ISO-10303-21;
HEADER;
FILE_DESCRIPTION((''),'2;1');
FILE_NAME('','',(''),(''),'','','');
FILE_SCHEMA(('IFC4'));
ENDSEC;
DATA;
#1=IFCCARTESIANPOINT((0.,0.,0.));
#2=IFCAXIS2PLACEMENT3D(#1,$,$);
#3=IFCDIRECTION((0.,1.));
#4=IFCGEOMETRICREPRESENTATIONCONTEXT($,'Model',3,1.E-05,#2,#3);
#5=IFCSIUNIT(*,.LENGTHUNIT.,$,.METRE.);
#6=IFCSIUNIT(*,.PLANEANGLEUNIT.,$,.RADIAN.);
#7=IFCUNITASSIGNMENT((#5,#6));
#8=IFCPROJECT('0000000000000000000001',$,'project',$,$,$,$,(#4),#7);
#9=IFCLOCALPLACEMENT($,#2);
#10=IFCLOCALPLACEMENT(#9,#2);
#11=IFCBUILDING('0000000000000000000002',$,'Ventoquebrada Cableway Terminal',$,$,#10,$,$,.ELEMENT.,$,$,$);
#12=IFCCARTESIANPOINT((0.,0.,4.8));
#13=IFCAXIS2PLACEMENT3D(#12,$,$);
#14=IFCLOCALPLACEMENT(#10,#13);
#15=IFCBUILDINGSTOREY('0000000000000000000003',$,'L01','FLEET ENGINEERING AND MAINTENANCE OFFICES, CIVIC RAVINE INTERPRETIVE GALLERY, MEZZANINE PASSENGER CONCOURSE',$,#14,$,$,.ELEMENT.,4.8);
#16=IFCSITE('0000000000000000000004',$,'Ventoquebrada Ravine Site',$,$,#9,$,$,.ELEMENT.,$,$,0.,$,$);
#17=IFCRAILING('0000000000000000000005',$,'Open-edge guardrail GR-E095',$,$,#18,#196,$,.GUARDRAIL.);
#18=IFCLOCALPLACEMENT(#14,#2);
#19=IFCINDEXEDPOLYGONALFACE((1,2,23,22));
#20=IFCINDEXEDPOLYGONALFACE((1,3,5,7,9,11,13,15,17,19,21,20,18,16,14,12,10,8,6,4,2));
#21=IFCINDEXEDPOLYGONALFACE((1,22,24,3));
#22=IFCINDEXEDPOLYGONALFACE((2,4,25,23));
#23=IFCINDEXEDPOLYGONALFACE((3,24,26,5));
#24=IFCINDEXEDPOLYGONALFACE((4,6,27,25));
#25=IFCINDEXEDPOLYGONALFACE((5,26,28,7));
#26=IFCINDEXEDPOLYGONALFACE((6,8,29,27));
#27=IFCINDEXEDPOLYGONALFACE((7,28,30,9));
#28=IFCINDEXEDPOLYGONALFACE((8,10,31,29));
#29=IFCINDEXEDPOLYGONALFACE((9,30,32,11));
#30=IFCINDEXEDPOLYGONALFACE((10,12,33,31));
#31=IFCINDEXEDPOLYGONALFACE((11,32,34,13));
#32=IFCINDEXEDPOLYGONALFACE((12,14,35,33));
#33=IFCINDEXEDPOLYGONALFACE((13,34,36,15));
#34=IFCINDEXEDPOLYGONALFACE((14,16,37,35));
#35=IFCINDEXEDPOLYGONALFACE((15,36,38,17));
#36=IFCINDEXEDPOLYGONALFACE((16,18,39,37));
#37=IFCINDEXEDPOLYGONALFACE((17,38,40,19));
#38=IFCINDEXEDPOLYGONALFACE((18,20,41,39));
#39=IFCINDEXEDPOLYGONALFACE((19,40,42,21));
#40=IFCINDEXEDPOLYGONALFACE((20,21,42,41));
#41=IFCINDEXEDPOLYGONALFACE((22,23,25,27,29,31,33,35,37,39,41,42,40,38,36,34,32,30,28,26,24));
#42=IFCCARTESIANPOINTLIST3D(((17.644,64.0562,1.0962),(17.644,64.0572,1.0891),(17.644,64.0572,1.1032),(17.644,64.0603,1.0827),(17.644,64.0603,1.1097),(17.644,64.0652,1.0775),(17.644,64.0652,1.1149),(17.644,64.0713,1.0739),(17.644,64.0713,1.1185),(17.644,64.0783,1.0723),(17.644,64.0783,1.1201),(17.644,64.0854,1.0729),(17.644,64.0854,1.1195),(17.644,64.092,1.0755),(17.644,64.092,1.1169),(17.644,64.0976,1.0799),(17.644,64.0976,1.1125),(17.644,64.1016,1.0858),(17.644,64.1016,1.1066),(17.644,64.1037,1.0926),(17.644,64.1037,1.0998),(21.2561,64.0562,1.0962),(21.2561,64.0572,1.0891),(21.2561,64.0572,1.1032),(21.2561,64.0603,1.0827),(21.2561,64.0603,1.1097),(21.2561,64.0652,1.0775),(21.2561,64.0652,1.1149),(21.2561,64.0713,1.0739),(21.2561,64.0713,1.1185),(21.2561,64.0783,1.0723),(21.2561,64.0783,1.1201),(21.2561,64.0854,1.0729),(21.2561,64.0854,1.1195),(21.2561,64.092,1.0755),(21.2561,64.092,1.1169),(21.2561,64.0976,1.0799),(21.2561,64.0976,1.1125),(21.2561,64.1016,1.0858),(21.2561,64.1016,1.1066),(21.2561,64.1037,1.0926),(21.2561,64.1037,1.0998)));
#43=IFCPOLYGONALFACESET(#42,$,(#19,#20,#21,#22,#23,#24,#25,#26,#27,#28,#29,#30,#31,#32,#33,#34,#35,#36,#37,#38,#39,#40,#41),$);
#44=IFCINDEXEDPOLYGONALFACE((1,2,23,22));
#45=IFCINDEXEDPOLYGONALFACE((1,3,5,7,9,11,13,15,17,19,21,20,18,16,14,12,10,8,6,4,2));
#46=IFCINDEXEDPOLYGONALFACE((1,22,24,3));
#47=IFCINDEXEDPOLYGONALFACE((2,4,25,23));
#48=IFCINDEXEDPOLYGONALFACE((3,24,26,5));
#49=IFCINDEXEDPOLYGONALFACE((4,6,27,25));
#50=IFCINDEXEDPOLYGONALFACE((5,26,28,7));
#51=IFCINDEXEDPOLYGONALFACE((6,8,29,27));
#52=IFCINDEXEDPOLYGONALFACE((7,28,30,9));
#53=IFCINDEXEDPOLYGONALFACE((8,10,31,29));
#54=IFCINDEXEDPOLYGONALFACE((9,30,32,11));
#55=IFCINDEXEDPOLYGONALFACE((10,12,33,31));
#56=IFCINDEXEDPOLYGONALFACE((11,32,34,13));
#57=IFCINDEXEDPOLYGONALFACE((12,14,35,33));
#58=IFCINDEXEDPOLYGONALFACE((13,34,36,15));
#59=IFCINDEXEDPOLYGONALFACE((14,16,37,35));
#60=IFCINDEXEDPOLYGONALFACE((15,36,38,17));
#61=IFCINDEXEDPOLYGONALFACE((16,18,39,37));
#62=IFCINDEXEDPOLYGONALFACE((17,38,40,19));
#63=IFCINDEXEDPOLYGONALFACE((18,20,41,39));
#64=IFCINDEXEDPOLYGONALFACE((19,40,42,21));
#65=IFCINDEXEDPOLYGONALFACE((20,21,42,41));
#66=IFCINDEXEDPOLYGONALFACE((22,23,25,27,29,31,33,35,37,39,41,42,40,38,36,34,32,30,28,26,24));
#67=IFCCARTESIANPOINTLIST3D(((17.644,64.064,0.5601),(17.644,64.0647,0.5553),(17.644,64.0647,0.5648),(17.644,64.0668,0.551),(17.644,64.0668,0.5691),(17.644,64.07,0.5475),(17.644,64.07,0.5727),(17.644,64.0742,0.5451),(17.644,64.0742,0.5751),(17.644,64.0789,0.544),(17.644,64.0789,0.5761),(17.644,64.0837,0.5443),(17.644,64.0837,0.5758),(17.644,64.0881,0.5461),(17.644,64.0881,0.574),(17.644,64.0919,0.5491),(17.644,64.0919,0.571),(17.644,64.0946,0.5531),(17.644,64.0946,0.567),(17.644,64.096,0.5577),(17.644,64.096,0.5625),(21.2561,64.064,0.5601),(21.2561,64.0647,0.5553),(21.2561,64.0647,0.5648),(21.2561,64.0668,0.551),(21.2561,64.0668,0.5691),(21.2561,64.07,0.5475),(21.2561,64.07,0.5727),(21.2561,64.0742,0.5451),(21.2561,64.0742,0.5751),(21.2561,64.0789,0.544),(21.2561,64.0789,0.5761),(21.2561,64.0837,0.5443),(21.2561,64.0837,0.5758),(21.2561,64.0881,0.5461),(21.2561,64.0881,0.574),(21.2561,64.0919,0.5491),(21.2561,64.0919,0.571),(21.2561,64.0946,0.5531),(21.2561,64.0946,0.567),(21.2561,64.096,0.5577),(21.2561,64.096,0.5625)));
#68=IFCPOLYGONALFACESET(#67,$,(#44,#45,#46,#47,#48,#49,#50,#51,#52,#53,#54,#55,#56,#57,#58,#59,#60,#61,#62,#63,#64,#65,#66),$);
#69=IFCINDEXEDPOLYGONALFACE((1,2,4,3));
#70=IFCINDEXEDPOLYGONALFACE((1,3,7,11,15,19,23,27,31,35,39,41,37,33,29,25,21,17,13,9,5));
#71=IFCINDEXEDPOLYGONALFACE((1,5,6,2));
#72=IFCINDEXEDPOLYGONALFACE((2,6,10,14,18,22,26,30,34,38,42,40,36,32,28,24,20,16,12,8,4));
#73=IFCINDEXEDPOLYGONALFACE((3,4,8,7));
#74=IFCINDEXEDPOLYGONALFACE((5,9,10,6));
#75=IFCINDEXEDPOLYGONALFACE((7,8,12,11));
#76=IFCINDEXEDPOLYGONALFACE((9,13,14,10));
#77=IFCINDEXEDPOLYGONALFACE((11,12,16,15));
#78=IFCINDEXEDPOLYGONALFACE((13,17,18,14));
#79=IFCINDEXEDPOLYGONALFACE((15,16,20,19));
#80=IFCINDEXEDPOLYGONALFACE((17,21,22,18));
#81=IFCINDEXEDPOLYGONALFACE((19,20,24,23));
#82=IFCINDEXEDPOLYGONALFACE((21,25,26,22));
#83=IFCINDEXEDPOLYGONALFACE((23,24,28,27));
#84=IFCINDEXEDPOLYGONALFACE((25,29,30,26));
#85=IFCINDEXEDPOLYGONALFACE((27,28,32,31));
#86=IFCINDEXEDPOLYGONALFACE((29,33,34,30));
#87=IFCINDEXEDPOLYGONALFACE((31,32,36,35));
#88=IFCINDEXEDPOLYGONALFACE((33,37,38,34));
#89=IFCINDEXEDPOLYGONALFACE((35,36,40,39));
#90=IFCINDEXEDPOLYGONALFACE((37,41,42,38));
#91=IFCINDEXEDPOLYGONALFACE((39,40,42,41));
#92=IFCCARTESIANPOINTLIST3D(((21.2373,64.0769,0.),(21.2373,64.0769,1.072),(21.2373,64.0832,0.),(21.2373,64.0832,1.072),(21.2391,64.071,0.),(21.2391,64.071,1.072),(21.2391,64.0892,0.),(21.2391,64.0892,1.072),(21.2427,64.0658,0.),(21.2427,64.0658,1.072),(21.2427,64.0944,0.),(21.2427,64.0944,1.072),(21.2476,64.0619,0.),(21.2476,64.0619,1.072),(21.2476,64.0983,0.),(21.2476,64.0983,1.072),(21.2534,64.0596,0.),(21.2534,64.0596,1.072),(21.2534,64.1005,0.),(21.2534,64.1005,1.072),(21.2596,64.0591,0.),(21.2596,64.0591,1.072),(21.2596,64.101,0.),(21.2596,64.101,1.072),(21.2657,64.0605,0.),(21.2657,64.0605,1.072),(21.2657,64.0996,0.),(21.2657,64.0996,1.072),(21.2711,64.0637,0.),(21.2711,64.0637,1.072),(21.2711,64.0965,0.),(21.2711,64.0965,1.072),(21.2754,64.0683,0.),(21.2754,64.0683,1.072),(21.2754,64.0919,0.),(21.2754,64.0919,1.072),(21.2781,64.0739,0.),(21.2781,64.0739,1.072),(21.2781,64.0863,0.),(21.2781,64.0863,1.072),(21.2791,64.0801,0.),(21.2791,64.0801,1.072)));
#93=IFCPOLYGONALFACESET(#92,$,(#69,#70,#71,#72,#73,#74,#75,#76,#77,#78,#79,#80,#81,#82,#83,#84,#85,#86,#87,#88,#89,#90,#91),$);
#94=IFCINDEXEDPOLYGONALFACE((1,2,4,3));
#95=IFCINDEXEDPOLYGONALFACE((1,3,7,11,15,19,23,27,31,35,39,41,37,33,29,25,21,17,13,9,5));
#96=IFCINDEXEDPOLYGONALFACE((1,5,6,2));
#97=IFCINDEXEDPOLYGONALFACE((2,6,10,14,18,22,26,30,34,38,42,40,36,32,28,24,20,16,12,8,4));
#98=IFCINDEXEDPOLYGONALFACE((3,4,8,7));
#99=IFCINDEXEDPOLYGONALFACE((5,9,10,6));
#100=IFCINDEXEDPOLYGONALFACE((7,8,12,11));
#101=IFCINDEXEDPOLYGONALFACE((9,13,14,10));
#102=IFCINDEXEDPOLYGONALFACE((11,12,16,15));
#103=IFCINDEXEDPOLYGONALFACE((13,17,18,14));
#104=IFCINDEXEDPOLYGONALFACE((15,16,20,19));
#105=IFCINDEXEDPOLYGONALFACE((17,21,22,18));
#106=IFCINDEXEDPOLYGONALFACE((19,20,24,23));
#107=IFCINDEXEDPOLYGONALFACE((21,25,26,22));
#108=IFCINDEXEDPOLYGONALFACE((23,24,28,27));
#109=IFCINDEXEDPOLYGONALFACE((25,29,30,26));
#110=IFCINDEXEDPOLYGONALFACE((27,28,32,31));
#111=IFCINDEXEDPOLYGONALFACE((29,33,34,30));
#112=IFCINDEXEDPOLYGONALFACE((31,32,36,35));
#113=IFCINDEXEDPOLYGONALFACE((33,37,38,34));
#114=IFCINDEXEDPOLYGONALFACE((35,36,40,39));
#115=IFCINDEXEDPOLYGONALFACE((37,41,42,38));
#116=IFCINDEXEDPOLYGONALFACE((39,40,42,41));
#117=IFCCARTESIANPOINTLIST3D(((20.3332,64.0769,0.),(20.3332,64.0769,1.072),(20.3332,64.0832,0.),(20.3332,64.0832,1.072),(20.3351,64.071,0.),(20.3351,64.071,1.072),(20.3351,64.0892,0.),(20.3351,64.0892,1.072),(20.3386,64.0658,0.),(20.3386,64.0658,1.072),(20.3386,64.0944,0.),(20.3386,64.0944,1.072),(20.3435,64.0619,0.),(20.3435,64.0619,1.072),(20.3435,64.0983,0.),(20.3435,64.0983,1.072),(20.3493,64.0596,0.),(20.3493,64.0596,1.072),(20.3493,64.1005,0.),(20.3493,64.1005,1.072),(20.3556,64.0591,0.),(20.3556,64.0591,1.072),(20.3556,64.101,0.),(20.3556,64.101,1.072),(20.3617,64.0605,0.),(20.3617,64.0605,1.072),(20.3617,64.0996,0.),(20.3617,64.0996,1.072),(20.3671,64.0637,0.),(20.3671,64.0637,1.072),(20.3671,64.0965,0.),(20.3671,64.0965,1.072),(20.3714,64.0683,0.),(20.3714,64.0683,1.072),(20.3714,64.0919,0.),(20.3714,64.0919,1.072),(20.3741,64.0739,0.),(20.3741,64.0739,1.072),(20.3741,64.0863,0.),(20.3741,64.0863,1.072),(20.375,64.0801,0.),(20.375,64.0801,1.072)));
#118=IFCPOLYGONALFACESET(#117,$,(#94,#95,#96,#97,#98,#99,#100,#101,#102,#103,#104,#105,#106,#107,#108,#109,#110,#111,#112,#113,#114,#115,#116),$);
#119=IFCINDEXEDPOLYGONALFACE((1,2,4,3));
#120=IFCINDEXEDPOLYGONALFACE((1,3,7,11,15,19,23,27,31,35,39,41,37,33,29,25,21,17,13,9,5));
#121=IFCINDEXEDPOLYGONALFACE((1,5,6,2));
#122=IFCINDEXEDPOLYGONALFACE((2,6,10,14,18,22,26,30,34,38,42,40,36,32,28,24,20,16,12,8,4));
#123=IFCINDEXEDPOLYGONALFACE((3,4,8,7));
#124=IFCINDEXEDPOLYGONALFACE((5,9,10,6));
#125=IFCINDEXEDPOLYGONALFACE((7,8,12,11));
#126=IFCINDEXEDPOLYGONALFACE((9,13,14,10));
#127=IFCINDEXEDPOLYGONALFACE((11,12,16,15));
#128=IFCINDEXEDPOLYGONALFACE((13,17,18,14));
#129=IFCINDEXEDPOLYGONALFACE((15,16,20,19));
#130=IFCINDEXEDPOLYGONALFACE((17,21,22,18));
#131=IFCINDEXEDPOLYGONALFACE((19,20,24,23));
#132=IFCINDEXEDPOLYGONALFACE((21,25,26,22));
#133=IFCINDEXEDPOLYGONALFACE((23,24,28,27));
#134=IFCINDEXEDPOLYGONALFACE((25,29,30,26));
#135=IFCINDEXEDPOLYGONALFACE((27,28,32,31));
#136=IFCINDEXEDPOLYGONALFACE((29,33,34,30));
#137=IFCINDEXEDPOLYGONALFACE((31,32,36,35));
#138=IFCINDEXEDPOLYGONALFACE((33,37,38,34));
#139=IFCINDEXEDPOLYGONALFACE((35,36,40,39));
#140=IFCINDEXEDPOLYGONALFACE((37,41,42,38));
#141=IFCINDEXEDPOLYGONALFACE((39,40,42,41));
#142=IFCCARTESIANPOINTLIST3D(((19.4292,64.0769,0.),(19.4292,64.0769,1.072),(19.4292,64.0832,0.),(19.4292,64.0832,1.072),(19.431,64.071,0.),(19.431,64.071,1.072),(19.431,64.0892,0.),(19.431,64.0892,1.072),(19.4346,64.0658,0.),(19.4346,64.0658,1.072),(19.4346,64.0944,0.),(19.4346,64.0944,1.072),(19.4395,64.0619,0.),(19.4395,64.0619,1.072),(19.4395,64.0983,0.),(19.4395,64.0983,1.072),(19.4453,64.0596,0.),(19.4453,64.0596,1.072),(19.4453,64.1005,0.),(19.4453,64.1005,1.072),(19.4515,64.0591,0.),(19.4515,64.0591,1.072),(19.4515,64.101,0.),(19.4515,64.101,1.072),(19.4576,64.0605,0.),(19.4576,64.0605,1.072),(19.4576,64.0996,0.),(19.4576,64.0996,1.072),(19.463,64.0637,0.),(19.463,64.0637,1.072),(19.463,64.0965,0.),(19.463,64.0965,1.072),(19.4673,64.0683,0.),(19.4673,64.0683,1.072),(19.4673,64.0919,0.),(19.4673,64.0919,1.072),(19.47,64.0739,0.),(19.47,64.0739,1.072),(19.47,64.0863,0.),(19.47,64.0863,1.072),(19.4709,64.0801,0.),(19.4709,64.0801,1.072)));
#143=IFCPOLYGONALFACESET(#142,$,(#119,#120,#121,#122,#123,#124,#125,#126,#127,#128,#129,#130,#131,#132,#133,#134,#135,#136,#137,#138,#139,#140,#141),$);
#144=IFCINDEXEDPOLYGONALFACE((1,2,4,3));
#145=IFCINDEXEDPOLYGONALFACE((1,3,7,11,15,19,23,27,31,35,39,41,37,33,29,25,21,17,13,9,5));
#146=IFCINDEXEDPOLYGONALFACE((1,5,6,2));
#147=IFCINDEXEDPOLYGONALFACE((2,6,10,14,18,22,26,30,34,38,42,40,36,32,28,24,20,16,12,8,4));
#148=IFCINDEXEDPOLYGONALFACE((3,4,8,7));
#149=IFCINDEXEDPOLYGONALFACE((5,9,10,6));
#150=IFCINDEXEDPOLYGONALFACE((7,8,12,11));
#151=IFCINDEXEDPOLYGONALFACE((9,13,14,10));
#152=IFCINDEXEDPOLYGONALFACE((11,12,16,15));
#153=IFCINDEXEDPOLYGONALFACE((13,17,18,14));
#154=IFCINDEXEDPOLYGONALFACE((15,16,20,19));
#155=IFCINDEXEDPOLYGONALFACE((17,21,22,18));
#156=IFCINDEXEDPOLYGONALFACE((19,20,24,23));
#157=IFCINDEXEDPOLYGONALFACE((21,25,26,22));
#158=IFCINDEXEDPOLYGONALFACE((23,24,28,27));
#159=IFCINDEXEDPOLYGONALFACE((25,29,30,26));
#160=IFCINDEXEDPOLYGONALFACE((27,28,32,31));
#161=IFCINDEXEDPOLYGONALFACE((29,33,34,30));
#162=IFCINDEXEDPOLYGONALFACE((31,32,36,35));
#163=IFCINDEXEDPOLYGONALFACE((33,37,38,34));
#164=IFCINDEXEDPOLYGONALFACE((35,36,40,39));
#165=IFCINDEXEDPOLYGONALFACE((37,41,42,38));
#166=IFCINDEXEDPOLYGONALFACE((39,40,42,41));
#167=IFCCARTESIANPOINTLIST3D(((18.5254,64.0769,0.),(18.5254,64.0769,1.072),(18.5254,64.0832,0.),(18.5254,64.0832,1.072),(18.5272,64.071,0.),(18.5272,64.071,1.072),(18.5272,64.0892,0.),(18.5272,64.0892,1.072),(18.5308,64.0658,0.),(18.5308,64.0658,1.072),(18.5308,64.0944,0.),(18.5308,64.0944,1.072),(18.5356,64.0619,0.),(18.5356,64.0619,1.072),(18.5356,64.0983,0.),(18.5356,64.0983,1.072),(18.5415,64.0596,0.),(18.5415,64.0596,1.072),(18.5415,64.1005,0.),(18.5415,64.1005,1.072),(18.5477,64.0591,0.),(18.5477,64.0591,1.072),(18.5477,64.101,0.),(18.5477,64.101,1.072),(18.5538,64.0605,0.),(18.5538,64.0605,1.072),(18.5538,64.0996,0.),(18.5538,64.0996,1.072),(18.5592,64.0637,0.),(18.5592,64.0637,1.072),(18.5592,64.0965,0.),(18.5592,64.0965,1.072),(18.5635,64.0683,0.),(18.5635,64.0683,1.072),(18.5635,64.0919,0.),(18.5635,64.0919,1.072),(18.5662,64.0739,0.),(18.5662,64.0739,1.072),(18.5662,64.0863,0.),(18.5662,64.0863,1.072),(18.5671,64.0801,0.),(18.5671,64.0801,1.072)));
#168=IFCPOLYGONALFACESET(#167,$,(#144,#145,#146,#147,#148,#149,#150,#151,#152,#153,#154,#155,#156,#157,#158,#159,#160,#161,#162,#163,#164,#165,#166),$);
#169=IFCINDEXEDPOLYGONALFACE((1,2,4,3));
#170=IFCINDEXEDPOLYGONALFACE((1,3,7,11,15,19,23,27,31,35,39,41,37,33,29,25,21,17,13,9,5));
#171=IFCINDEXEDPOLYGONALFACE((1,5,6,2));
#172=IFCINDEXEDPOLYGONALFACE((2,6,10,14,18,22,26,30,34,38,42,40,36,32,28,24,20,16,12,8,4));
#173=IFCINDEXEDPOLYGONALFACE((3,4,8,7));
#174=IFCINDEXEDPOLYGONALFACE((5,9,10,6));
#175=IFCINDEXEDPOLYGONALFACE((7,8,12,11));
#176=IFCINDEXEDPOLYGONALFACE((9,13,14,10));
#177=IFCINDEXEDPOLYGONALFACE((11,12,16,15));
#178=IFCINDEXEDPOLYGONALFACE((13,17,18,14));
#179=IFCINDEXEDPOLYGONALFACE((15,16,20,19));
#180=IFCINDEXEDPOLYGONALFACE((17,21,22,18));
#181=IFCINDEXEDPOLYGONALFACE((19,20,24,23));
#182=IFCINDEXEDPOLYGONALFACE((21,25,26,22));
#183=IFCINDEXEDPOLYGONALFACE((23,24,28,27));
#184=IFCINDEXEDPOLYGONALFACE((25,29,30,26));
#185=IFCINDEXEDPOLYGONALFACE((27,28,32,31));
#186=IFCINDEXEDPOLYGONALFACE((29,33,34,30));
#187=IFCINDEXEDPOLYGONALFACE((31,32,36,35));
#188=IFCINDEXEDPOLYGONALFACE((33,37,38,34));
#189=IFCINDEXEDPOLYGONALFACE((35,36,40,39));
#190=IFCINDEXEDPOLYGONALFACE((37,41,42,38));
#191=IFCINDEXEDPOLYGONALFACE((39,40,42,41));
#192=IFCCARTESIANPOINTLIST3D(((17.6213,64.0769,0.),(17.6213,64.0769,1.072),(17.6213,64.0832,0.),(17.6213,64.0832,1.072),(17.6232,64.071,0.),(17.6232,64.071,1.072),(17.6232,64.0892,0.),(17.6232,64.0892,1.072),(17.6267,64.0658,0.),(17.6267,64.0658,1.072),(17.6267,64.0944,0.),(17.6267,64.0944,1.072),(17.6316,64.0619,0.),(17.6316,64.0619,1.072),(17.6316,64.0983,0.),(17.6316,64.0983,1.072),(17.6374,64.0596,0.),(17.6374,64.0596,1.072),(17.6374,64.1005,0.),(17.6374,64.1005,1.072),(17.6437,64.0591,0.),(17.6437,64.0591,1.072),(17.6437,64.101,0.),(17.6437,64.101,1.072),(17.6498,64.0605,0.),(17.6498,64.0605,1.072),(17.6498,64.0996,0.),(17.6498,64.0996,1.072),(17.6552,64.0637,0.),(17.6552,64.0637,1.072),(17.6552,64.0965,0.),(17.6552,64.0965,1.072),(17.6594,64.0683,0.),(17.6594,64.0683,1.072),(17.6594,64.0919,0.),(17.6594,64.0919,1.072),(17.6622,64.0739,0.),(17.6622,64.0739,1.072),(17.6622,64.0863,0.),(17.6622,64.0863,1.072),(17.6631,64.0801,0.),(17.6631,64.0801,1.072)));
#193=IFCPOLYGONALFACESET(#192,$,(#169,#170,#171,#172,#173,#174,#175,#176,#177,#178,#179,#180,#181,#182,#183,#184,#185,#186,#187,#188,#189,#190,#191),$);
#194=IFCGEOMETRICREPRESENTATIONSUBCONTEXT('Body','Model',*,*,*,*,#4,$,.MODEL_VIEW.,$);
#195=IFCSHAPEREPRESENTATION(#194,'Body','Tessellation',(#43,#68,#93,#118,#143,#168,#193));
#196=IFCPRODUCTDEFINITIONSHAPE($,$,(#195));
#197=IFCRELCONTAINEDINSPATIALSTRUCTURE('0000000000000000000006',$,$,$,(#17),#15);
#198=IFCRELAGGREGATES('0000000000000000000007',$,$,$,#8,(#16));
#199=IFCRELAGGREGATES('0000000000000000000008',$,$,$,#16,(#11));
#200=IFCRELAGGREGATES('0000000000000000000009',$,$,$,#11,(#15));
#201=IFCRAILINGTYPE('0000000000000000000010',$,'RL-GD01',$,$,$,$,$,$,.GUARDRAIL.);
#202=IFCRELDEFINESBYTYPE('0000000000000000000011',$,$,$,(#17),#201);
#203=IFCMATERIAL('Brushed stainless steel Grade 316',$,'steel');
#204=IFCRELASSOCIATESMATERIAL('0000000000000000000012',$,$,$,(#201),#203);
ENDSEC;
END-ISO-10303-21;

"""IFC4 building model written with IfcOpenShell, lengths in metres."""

from ifc_helpers import new_model, si_unit, direction, frame, origin, origin_2d, place, context, subcontext, project, spatial, circle, extrude, material, type_object, element, save


model = new_model("IFC4")

# Units and contexts
model_context = context("Model", 3, precision=1e-05, world=origin(), true_north=direction((0.0, 1.0)))
body_context = subcontext(model_context, "Body", "Model", "MODEL_VIEW")
ifc_project = project(units=[si_unit("LENGTHUNIT", "METRE"), si_unit("PLANEANGLEUNIT", "RADIAN")], contexts=[model_context])

# Site, building, storey
site_placement = place(None, origin())
site = spatial("IfcSite", under=ifc_project, at=site_placement, Name="Ventoquebrada Ravine Site", CompositionType="ELEMENT", RefElevation=0.0)
building_placement = place(site_placement, origin())
building = spatial("IfcBuilding", under=site, at=building_placement, Name="Ventoquebrada Cableway Terminal", CompositionType="ELEMENT")
storey_placement = place(building_placement, frame((0.0, 0.0, 4.8)))
storey = spatial("IfcBuildingStorey", under=building, at=storey_placement, Name="L01", Description="FLEET ENGINEERING AND MAINTENANCE OFFICES, CIVIC RAVINE INTERPRETIVE GALLERY, MEZZANINE PASSENGER CONCOURSE", CompositionType="ELEMENT", Elevation=4.8)

# Railing
ifc_material_1 = material(Name="Brushed stainless steel Grade 316", Category="steel")
railing_type_1 = type_object("IfcRailingType", Name="RL-GD01", PredefinedType="GUARDRAIL", material=ifc_material_1)
railing_placement = place(storey_placement, frame((21.2581, 64.0801, 0.0)))
element("IfcRailing", 1, at=railing_placement, inside=storey, type_object=railing_type_1, Name="Open-edge guardrail GR-E095", PredefinedType="GUARDRAIL", context=body_context, shape_type="SweptSolid", body=[
    extrude(circle(Radius=0.0239, at=origin_2d()), frame((-0.002, 0.0, 1.0962), z_axis=(-1.0, 0.0, 0.0), x_axis=(0.0, -1.0, 0.0)), (0.0, 0.0, 1.0), 3.6121),
    extrude(circle(Radius=0.0161, at=origin_2d()), frame((-0.002, 0.0, 0.5601), z_axis=(-1.0, 0.0, 0.0), x_axis=(0.0, -1.0, 0.0)), (0.0, 0.0, 1.0), 3.6121),
    extrude(circle(Radius=0.021, at=origin_2d()), origin(), (0.0, 0.0, 1.0), 1.072),
    extrude(circle(Radius=0.021, at=origin_2d()), frame((-0.9041, 0.0, 0.0)), (0.0, 0.0, 1.0), 1.072),
    extrude(circle(Radius=0.021, at=origin_2d()), frame((-1.8081, 0.0, 0.0)), (0.0, 0.0, 1.0), 1.072),
    extrude(circle(Radius=0.021, at=origin_2d()), frame((-2.7119, 0.0, 0.0)), (0.0, 0.0, 1.0), 1.072),
    extrude(circle(Radius=0.021, at=origin_2d()), frame((-3.616, 0.0, 0.0)), (0.0, 0.0, 1.0), 1.072),
])

save(model, "model.ifc")
